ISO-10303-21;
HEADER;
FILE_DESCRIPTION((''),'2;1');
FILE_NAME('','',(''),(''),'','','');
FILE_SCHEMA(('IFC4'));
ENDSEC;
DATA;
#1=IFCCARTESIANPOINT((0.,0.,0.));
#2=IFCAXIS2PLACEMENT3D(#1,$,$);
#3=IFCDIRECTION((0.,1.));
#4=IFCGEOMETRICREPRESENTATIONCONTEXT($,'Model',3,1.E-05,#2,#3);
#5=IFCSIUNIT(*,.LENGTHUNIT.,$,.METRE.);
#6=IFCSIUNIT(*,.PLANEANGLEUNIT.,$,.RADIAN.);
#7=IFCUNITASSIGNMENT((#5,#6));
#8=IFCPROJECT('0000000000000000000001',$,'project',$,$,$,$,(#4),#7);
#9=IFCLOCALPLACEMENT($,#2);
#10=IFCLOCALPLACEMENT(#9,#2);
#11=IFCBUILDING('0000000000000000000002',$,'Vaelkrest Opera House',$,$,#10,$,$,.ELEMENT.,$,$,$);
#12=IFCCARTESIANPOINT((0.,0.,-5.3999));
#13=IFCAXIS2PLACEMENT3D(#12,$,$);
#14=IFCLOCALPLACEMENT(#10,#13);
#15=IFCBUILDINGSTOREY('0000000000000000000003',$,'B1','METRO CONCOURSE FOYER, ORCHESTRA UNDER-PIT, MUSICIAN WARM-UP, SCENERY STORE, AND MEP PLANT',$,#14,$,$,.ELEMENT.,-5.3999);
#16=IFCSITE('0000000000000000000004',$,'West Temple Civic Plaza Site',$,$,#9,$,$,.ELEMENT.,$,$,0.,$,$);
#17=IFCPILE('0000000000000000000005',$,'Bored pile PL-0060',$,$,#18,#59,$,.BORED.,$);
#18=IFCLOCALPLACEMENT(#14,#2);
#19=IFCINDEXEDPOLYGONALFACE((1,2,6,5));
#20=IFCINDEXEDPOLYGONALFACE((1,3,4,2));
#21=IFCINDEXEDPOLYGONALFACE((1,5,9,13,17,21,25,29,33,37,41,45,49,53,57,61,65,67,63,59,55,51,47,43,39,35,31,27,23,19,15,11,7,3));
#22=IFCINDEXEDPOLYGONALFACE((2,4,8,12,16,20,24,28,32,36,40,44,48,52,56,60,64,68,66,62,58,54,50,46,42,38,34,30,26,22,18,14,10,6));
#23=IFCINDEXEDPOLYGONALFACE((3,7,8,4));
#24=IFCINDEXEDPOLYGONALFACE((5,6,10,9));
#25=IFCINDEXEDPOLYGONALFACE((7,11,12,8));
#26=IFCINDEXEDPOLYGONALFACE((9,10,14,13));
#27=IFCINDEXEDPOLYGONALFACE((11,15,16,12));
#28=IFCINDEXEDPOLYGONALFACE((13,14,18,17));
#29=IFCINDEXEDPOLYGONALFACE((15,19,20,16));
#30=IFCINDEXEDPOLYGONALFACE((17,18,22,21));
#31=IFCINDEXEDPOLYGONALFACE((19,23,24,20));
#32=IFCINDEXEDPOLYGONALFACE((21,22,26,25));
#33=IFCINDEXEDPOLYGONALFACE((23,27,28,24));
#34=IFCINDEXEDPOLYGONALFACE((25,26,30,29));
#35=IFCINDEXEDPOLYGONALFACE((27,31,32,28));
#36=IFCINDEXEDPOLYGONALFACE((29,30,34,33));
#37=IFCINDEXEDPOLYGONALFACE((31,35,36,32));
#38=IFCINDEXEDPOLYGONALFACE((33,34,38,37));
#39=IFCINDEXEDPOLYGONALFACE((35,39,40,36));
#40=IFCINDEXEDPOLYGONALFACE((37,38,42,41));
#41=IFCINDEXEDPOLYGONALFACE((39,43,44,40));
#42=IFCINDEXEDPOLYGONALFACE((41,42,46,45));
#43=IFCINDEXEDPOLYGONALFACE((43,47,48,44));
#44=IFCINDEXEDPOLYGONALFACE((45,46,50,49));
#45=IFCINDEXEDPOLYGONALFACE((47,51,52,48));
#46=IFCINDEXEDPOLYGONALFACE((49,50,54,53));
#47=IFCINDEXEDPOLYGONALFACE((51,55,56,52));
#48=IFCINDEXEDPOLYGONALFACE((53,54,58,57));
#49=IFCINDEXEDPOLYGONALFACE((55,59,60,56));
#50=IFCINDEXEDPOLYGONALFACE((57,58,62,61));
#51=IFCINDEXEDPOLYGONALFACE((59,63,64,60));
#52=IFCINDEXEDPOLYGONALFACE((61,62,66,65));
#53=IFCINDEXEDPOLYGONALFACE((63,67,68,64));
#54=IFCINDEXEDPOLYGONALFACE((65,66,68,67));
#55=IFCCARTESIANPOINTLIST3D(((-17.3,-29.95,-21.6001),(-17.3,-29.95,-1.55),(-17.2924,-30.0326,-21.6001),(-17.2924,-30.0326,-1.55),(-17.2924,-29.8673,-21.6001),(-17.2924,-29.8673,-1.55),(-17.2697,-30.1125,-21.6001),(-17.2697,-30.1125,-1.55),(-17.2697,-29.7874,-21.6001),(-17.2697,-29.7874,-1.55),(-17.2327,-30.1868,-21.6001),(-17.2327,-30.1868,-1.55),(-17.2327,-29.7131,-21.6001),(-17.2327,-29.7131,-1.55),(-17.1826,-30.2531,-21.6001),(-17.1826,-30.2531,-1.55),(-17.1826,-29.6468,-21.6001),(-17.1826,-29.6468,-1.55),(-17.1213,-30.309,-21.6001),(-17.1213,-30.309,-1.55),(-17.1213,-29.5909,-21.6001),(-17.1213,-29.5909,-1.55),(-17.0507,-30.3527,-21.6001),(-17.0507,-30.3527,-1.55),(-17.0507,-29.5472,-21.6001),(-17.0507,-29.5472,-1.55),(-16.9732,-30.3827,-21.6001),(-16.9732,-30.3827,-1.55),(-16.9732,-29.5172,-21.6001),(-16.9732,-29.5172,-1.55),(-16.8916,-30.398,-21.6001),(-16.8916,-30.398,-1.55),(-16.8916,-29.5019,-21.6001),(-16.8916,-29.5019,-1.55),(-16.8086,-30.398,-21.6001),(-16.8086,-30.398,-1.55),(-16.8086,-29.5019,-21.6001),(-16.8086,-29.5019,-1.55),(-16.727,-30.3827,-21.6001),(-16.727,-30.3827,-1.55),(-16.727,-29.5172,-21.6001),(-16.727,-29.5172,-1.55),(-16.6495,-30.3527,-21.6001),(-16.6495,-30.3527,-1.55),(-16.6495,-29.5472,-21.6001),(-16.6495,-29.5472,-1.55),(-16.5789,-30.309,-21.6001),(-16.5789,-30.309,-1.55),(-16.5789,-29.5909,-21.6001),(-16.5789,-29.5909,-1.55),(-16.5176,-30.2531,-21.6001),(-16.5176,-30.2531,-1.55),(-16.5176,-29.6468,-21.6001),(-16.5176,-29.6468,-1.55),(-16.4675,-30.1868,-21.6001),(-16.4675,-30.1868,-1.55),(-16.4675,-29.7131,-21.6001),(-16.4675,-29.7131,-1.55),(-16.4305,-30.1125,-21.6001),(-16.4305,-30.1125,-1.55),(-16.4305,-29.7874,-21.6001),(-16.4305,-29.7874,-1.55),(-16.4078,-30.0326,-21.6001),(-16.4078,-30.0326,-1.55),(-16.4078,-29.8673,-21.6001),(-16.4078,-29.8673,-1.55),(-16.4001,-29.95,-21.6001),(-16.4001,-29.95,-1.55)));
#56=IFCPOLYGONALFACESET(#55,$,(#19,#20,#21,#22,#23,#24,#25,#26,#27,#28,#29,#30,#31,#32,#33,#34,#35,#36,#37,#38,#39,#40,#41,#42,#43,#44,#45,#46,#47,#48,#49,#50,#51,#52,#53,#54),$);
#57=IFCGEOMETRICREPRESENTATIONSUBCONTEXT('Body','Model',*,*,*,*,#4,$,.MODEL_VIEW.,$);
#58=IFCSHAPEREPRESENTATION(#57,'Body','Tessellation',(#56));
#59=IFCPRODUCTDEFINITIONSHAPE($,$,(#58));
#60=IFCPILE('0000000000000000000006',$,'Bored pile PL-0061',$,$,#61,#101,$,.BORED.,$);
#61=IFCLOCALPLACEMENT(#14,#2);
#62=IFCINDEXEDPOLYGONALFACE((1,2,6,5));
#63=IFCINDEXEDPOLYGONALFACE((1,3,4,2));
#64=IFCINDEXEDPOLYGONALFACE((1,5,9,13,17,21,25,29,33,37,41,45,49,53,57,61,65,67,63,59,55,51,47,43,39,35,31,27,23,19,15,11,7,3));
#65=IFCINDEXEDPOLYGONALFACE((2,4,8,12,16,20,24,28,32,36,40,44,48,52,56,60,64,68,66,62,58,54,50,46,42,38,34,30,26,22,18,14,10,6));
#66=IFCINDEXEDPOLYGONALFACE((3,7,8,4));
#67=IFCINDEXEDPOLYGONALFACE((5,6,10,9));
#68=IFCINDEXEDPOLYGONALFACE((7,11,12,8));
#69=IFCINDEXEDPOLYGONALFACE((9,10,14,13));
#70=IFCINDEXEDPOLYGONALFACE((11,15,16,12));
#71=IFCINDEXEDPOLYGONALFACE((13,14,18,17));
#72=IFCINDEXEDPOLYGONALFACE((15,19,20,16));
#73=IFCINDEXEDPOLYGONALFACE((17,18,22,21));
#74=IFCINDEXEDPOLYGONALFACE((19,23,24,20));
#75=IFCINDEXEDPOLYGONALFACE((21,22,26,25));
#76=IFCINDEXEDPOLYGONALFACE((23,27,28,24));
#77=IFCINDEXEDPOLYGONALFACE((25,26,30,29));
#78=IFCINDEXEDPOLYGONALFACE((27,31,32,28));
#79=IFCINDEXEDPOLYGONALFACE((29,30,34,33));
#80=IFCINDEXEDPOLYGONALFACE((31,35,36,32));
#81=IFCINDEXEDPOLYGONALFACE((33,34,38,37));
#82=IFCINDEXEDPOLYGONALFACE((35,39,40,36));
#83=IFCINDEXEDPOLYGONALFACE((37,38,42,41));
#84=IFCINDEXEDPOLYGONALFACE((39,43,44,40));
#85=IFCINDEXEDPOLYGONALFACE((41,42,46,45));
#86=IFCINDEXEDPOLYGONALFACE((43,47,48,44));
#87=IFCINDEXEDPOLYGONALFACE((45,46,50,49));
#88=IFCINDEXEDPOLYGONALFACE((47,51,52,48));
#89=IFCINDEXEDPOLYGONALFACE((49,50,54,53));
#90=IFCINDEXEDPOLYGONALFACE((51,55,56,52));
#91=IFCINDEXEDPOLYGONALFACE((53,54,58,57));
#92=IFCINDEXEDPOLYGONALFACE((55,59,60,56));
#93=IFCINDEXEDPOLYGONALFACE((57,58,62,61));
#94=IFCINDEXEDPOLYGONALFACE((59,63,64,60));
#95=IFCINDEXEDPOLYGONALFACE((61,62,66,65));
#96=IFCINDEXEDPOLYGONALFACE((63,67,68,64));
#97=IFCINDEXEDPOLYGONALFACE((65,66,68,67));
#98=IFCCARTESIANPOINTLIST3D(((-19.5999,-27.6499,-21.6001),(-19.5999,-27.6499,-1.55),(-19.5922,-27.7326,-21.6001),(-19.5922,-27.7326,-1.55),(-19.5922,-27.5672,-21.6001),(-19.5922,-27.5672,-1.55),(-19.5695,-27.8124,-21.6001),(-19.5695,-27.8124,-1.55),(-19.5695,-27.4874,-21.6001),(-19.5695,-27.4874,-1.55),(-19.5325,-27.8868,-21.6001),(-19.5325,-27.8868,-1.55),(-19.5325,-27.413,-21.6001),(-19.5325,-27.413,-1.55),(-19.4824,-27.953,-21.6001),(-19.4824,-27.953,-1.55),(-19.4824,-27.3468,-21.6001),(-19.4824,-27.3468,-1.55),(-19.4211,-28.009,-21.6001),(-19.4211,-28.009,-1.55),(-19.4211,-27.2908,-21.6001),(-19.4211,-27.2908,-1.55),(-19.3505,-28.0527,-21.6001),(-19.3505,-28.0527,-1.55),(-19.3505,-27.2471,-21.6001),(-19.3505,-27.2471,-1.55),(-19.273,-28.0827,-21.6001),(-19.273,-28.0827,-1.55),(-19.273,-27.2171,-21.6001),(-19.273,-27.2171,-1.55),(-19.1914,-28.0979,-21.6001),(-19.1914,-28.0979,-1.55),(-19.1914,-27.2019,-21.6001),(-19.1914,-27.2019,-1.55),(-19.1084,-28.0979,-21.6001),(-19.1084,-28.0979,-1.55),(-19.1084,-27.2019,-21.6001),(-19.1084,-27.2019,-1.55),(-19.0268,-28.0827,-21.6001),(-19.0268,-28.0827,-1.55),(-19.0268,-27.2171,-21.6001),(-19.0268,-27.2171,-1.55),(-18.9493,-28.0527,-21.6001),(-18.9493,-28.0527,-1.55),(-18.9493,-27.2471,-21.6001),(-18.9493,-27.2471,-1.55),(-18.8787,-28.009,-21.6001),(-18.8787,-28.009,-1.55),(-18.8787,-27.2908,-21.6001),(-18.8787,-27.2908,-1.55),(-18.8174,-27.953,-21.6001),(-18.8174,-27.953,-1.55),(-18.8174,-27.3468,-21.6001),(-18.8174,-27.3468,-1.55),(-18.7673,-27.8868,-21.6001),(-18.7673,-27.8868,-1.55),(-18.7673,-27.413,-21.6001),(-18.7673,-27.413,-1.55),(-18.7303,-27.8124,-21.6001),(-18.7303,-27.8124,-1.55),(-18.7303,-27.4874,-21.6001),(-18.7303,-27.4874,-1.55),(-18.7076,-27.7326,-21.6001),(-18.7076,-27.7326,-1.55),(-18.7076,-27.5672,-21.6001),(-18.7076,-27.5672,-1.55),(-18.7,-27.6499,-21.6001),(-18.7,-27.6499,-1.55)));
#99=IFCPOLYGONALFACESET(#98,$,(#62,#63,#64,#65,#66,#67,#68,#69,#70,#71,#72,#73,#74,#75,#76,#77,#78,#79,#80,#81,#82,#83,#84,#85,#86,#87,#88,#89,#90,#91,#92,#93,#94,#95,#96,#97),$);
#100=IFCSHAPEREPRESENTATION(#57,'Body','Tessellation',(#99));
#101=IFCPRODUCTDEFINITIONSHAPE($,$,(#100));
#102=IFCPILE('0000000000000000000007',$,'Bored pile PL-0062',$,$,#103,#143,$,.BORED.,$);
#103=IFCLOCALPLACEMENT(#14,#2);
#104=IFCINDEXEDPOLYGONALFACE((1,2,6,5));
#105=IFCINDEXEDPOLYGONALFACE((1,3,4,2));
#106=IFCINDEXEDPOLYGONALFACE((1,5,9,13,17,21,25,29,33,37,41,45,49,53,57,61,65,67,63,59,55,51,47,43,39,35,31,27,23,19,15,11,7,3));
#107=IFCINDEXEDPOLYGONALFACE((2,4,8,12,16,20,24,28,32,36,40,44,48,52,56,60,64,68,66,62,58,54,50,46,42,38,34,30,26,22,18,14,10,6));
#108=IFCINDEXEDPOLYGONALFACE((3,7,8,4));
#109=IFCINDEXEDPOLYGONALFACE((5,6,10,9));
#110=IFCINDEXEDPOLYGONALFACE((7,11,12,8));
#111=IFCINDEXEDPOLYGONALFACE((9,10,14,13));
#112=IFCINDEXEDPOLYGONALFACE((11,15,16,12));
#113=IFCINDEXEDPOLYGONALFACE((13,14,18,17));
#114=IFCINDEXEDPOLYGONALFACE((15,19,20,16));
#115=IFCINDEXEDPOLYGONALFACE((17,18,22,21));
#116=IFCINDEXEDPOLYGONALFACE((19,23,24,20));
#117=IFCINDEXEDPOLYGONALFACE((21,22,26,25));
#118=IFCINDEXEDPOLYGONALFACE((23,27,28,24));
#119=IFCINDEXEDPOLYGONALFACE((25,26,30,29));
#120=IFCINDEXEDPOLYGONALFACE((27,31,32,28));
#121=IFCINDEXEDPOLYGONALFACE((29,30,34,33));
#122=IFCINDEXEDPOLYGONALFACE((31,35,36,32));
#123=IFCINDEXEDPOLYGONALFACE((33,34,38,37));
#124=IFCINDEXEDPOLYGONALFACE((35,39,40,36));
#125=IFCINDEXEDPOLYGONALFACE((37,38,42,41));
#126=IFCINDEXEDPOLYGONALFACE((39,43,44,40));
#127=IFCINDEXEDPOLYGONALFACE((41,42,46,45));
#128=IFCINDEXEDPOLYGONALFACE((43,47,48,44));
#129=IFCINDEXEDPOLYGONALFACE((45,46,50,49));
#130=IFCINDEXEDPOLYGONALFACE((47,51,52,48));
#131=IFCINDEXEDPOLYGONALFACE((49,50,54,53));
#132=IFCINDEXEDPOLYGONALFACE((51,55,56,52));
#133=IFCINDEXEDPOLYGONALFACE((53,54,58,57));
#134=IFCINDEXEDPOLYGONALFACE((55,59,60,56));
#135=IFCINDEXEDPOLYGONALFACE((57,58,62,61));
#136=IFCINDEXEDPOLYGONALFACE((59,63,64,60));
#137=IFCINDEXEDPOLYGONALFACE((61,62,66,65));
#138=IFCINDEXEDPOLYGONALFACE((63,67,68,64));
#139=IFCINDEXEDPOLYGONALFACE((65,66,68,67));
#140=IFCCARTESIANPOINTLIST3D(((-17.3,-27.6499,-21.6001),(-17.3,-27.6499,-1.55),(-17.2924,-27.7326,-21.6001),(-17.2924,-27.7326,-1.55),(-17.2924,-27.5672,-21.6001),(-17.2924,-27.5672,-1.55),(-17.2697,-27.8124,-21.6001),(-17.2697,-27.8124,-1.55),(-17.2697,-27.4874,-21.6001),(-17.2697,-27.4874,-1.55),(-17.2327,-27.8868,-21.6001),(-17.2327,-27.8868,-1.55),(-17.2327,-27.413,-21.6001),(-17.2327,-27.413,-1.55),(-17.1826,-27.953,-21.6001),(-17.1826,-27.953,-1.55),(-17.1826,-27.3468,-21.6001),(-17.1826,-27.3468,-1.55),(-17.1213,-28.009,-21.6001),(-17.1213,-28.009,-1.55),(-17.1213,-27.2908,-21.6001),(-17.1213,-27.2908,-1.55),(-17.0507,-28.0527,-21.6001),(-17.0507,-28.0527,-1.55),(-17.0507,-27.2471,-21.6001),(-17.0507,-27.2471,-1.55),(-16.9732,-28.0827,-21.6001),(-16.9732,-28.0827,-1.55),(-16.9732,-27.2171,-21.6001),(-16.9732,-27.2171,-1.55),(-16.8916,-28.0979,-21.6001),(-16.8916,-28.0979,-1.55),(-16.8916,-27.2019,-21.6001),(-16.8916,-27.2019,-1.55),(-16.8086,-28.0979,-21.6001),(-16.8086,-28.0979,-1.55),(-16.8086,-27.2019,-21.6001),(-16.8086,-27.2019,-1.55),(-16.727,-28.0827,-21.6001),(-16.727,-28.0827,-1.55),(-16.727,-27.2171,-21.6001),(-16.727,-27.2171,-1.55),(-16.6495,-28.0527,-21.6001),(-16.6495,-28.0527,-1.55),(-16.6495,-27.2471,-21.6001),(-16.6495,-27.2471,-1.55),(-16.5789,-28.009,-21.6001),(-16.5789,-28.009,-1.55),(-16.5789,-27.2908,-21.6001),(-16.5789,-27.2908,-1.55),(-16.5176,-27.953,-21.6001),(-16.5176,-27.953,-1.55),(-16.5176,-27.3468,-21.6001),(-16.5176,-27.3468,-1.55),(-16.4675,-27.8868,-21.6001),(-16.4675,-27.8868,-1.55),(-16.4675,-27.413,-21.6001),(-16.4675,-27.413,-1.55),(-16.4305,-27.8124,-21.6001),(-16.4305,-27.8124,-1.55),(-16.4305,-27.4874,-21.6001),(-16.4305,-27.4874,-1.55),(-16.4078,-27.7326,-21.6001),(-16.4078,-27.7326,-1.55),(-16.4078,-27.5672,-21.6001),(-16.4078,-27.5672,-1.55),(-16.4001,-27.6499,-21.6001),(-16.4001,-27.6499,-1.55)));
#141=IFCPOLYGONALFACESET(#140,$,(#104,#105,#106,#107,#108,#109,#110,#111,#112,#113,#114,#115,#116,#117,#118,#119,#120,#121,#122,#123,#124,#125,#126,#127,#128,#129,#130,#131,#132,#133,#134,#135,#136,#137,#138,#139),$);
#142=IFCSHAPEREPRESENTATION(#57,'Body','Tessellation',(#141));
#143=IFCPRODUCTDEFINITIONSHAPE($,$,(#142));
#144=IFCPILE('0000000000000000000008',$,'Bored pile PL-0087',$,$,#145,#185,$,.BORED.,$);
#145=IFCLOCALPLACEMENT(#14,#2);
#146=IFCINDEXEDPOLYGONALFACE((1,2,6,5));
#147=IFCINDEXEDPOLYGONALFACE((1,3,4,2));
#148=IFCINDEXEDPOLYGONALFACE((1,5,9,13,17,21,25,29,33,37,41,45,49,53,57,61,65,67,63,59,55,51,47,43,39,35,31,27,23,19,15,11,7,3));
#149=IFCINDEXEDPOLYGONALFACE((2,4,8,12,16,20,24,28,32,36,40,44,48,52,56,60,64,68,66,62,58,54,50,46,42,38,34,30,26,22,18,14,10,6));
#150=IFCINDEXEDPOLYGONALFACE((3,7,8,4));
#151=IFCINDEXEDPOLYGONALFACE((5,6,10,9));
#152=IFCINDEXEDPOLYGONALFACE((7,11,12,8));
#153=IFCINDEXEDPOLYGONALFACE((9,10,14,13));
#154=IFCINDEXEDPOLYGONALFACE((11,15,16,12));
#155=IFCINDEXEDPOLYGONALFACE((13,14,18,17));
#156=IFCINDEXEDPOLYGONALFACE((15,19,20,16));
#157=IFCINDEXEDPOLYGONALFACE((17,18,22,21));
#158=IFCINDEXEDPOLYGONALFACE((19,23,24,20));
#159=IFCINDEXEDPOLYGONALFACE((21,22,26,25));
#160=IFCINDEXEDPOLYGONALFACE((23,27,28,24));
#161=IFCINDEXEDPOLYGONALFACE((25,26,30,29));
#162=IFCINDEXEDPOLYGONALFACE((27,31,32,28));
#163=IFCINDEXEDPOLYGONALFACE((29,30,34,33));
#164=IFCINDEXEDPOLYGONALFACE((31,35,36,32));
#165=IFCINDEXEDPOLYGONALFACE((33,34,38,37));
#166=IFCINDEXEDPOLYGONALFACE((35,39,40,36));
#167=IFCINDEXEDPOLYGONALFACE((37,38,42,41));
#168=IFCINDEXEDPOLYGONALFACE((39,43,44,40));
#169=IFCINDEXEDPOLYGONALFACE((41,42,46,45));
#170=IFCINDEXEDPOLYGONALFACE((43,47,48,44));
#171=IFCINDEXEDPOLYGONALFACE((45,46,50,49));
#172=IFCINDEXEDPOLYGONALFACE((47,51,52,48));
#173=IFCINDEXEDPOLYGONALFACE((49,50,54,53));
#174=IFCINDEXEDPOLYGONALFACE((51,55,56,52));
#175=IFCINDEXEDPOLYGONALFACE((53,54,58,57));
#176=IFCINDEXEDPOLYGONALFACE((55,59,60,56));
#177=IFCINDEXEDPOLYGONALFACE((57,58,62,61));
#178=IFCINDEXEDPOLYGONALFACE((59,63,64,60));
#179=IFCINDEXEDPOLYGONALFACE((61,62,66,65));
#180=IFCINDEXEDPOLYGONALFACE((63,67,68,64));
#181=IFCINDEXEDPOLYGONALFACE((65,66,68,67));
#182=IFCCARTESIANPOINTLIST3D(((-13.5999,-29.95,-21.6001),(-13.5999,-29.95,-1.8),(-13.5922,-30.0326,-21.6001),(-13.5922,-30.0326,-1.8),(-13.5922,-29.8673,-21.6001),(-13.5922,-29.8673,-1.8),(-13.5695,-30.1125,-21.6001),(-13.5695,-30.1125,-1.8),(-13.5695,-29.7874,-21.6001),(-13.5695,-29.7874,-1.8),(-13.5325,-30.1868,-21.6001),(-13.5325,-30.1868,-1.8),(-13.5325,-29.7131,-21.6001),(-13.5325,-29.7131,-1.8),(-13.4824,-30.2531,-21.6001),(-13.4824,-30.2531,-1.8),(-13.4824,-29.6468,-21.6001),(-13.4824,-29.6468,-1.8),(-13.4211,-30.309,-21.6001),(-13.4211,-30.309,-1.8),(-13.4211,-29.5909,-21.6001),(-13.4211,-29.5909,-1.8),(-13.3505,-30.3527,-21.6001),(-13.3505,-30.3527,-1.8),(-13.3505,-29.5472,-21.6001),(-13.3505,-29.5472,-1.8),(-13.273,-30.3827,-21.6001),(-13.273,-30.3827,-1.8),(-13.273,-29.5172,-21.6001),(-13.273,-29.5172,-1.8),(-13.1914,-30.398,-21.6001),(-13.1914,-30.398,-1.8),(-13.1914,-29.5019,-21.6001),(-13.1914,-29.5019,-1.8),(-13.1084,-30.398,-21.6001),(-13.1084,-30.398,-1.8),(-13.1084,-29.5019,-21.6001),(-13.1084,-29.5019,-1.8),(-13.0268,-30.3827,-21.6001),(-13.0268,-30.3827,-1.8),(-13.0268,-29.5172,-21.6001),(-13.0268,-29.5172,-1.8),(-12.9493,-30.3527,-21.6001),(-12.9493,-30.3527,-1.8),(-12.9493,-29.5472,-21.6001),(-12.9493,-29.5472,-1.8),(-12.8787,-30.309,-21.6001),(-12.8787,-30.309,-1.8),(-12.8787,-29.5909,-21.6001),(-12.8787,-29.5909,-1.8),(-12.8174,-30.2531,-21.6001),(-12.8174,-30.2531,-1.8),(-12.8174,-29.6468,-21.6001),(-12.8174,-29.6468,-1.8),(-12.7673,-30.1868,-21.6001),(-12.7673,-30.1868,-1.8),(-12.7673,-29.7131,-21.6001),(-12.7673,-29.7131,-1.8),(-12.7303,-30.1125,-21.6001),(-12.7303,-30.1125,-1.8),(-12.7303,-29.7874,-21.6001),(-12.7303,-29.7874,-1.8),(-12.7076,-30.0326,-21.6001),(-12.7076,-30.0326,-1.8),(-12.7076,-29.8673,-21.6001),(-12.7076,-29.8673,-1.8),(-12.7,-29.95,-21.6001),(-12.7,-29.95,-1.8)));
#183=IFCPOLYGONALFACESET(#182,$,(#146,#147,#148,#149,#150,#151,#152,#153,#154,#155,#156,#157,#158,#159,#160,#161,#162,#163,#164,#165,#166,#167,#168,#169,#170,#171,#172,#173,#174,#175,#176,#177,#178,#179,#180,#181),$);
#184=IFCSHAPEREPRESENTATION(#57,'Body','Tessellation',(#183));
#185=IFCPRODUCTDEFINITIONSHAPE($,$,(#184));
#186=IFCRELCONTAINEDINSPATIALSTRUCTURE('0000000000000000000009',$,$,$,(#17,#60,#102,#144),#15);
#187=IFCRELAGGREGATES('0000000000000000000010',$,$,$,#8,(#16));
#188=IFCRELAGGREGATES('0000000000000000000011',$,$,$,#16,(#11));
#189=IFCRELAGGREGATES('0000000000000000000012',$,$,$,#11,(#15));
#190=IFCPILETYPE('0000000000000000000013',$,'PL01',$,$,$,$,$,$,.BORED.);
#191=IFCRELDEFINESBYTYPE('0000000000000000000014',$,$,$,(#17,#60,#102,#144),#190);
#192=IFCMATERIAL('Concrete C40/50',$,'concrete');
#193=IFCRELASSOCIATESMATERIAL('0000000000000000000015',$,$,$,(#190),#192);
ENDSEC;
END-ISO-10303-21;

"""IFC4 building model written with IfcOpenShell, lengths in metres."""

from ifc_helpers import new_model, si_unit, direction, frame, origin, origin_2d, place, context, subcontext, project, spatial, circle, extrude, material, material_profile, profile_set, type_object, element, save


model = new_model("IFC4")

# Units and contexts
model_context = context("Model", 3, precision=1e-05, world=origin(), true_north=direction((0.0, 1.0)))
body_context = subcontext(model_context, "Body", "Model", "MODEL_VIEW")
ifc_project = project(units=[si_unit("LENGTHUNIT", "METRE"), si_unit("PLANEANGLEUNIT", "RADIAN")], contexts=[model_context])

# Site, building, storey
site_placement = place(None, origin())
site = spatial("IfcSite", under=ifc_project, at=site_placement, Name="West Temple Civic Plaza Site", CompositionType="ELEMENT", RefElevation=0.0)
building_placement = place(site_placement, origin())
building = spatial("IfcBuilding", under=site, at=building_placement, Name="Vaelkrest Opera House", CompositionType="ELEMENT")
storey_placement = place(building_placement, frame((0.0, 0.0, -5.3999)))
storey = spatial("IfcBuildingStorey", under=building, at=storey_placement, Name="B1", Description="METRO CONCOURSE FOYER, ORCHESTRA UNDER-PIT, MUSICIAN WARM-UP, SCENERY STORE, AND MEP PLANT", CompositionType="ELEMENT", Elevation=-5.3999)

# Shared definitions
ifc_material_1 = material(Name="Concrete C40/50", Category="concrete")

# Piles
ifc_material_profile_1 = material_profile(ifc_material_1, circle(Radius=0.45, at=origin_2d()), Name="PILE900")
ifc_profile_set_1 = profile_set([ifc_material_profile_1], Name="Concrete C40/50")
pile_type = type_object("IfcPileType", Name="PL01", PredefinedType="BORED", material=ifc_profile_set_1)
for number, where, z_axis, x_axis, name in (
    (1, (-16.8501, -29.95, -1.55), (0.0, 0.0, -1.0), (1.0, 0.0, 0.0), "Bored pile PL-0060"),
    (2, (-19.1499, -27.6499, -1.55), (0.0, 0.0, -1.0), (1.0, 0.0, 0.0), "Bored pile PL-0061"),
    (3, (-16.8501, -27.6499, -1.55), (0.0, 0.0, -1.0), (1.0, 0.0, 0.0), "Bored pile PL-0062"),
):
    element("IfcPile", number, at=place(storey_placement, frame(where, z_axis=z_axis, x_axis=x_axis)), inside=storey, type_object=pile_type, Name=name, PredefinedType="BORED", context=body_context, shape_type="SweptSolid", body=[
        extrude(circle(Radius=0.45, at=origin_2d()), origin(), (0.0, 0.0, 1.0), 20.05),
    ])
for number, where, z_axis, x_axis, name in (
    (4, (-13.1499, -29.95, -1.8), (0.0, 0.0, -1.0), (1.0, 0.0, 0.0), "Bored pile PL-0087"),
):
    element("IfcPile", number, at=place(storey_placement, frame(where, z_axis=z_axis, x_axis=x_axis)), inside=storey, type_object=pile_type, Name=name, PredefinedType="BORED", context=body_context, shape_type="SweptSolid", body=[
        extrude(circle(Radius=0.45, at=origin_2d()), origin(), (0.0, 0.0, 1.0), 19.8),
    ])

save(model, "model.ifc")
